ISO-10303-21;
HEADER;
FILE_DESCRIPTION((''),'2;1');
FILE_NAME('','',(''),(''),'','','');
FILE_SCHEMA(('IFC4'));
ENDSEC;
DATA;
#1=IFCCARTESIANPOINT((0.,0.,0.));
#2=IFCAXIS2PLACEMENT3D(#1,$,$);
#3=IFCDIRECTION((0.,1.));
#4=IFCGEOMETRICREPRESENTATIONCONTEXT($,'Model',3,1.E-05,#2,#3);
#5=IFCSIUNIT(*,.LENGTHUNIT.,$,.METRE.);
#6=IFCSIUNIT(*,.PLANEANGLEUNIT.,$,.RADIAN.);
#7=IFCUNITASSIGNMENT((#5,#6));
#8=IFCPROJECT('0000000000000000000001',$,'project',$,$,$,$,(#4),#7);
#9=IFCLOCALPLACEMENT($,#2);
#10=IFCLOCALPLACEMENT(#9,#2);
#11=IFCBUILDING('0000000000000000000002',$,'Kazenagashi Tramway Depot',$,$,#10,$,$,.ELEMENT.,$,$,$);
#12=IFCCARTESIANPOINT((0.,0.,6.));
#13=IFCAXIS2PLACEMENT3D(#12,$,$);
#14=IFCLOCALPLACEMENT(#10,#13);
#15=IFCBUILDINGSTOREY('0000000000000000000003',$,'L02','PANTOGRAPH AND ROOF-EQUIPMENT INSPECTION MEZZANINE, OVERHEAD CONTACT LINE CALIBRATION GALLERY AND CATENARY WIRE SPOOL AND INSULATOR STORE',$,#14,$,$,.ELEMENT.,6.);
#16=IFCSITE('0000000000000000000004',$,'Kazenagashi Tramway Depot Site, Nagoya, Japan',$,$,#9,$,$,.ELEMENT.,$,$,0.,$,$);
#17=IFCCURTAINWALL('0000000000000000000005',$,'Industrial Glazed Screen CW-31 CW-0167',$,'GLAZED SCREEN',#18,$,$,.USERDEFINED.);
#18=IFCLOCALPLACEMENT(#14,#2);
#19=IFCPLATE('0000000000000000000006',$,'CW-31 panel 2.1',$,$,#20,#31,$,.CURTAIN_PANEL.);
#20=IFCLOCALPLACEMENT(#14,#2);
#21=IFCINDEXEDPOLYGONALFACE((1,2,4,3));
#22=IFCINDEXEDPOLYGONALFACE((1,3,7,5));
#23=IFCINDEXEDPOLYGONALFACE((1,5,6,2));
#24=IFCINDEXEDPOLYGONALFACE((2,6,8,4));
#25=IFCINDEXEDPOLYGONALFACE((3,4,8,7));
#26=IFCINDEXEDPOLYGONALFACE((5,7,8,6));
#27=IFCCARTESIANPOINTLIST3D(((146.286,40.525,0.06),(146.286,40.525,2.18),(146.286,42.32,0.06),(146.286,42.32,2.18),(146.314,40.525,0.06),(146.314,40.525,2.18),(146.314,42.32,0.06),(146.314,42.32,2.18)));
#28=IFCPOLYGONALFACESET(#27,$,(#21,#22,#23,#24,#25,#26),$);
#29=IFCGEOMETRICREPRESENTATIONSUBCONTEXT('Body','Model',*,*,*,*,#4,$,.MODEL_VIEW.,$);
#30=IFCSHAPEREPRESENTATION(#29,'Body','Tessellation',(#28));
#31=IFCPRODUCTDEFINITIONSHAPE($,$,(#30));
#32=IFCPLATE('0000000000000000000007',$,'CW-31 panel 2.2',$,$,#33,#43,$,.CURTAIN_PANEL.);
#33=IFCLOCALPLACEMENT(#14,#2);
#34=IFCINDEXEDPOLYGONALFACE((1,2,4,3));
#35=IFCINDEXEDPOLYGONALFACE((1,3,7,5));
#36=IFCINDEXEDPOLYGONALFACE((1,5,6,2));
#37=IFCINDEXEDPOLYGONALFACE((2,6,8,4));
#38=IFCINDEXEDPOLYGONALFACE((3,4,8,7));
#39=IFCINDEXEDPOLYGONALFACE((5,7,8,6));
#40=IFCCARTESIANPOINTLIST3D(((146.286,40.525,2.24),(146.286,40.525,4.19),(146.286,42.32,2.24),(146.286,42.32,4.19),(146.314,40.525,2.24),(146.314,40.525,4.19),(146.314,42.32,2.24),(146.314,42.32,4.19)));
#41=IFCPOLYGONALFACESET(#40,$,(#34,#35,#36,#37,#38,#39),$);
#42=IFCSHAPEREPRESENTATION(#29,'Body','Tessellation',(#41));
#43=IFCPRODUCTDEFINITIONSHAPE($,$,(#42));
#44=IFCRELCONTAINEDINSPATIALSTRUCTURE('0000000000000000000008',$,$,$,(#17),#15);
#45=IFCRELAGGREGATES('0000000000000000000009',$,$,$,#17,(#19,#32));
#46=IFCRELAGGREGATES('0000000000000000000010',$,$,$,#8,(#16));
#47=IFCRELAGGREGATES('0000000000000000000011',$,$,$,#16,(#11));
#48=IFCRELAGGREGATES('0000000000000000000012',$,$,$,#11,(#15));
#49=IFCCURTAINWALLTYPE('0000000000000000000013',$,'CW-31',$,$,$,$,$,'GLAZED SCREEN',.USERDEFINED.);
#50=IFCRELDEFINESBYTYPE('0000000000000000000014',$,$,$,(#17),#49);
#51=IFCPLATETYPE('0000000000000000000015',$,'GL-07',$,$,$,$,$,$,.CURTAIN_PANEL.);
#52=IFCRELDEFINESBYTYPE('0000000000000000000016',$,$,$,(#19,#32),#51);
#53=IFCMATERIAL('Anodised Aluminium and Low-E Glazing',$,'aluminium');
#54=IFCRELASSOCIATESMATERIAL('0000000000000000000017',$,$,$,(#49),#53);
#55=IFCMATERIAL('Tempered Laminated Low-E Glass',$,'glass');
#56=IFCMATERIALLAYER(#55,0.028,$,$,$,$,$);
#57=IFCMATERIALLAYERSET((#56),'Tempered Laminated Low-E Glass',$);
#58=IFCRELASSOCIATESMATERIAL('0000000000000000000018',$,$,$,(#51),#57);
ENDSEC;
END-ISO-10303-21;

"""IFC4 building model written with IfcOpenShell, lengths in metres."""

from ifc_helpers import new_model, si_unit, direction, frame, origin, origin_2d, place, context, subcontext, project, spatial, rectangle, extrude, material, layer, layer_set, type_object, element, aggregate, save


model = new_model("IFC4")

# Units and contexts
model_context = context("Model", 3, precision=1e-05, world=origin(), true_north=direction((0.0, 1.0)))
body_context = subcontext(model_context, "Body", "Model", "MODEL_VIEW")
ifc_project = project(units=[si_unit("LENGTHUNIT", "METRE"), si_unit("PLANEANGLEUNIT", "RADIAN")], contexts=[model_context])

# Site, building, storey
site_placement = place(None, origin())
site = spatial("IfcSite", under=ifc_project, at=site_placement, Name="Kazenagashi Tramway Depot Site, Nagoya, Japan", CompositionType="ELEMENT", RefElevation=0.0)
building_placement = place(site_placement, origin())
building = spatial("IfcBuilding", under=site, at=building_placement, Name="Kazenagashi Tramway Depot", CompositionType="ELEMENT")
storey_placement = place(building_placement, frame((0.0, 0.0, 6.0)))
storey = spatial("IfcBuildingStorey", under=building, at=storey_placement, Name="L02", Description="PANTOGRAPH AND ROOF-EQUIPMENT INSPECTION MEZZANINE, OVERHEAD CONTACT LINE CALIBRATION GALLERY AND CATENARY WIRE SPOOL AND INSULATOR STORE", CompositionType="ELEMENT", Elevation=6.0)

# Curtain wall
ifc_material_1 = material(Name="Anodised Aluminium and Low-E Glazing", Category="aluminium")
curtain_wall_type = type_object("IfcCurtainWallType", Name="CW-31", ElementType="GLAZED SCREEN", PredefinedType="USERDEFINED", material=ifc_material_1)
curtain_wall_1_placement = place(storey_placement, origin())
curtain_wall_1 = element("IfcCurtainWall", 1, at=curtain_wall_1_placement, inside=storey, type_object=curtain_wall_type, Name="Industrial Glazed Screen CW-31 CW-0167", ObjectType="GLAZED SCREEN", PredefinedType="USERDEFINED")

# Plates
ifc_material_2 = material(Name="Tempered Laminated Low-E Glass", Category="glass")
ifc_layer_1 = layer(ifc_material_2, 0.028)
ifc_layer_set_1 = layer_set([ifc_layer_1], Name="Tempered Laminated Low-E Glass")
plate_type_1 = type_object("IfcPlateType", Name="GL-07", PredefinedType="CURTAIN_PANEL", material=ifc_layer_set_1)
plate_1_placement = place(storey_placement, frame((146.3, 41.4225, 0.06), z_axis=(0.0, 0.0, 1.0), x_axis=(0.0, 1.0, 0.0)))
plate_1 = element("IfcPlate", 2, at=plate_1_placement, type_object=plate_type_1, Name="CW-31 panel 2.1", PredefinedType="CURTAIN_PANEL", context=body_context, shape_type="SweptSolid", body=[
    extrude(rectangle(XDim=1.795, YDim=0.028, at=origin_2d()), origin(), (0.0, 0.0, 1.0), 2.12),
])
plate_2_placement = place(storey_placement, frame((146.3, 41.4225, 2.24), z_axis=(0.0, 0.0, 1.0), x_axis=(0.0, 1.0, 0.0)))
plate_2 = element("IfcPlate", 3, at=plate_2_placement, type_object=plate_type_1, Name="CW-31 panel 2.2", PredefinedType="CURTAIN_PANEL", context=body_context, shape_type="SweptSolid", body=[
    extrude(rectangle(XDim=1.795, YDim=0.028, at=origin_2d()), origin(), (0.0, 0.0, 1.0), 1.95),
])
aggregate(curtain_wall_1, [plate_1, plate_2])

save(model, "model.ifc")
